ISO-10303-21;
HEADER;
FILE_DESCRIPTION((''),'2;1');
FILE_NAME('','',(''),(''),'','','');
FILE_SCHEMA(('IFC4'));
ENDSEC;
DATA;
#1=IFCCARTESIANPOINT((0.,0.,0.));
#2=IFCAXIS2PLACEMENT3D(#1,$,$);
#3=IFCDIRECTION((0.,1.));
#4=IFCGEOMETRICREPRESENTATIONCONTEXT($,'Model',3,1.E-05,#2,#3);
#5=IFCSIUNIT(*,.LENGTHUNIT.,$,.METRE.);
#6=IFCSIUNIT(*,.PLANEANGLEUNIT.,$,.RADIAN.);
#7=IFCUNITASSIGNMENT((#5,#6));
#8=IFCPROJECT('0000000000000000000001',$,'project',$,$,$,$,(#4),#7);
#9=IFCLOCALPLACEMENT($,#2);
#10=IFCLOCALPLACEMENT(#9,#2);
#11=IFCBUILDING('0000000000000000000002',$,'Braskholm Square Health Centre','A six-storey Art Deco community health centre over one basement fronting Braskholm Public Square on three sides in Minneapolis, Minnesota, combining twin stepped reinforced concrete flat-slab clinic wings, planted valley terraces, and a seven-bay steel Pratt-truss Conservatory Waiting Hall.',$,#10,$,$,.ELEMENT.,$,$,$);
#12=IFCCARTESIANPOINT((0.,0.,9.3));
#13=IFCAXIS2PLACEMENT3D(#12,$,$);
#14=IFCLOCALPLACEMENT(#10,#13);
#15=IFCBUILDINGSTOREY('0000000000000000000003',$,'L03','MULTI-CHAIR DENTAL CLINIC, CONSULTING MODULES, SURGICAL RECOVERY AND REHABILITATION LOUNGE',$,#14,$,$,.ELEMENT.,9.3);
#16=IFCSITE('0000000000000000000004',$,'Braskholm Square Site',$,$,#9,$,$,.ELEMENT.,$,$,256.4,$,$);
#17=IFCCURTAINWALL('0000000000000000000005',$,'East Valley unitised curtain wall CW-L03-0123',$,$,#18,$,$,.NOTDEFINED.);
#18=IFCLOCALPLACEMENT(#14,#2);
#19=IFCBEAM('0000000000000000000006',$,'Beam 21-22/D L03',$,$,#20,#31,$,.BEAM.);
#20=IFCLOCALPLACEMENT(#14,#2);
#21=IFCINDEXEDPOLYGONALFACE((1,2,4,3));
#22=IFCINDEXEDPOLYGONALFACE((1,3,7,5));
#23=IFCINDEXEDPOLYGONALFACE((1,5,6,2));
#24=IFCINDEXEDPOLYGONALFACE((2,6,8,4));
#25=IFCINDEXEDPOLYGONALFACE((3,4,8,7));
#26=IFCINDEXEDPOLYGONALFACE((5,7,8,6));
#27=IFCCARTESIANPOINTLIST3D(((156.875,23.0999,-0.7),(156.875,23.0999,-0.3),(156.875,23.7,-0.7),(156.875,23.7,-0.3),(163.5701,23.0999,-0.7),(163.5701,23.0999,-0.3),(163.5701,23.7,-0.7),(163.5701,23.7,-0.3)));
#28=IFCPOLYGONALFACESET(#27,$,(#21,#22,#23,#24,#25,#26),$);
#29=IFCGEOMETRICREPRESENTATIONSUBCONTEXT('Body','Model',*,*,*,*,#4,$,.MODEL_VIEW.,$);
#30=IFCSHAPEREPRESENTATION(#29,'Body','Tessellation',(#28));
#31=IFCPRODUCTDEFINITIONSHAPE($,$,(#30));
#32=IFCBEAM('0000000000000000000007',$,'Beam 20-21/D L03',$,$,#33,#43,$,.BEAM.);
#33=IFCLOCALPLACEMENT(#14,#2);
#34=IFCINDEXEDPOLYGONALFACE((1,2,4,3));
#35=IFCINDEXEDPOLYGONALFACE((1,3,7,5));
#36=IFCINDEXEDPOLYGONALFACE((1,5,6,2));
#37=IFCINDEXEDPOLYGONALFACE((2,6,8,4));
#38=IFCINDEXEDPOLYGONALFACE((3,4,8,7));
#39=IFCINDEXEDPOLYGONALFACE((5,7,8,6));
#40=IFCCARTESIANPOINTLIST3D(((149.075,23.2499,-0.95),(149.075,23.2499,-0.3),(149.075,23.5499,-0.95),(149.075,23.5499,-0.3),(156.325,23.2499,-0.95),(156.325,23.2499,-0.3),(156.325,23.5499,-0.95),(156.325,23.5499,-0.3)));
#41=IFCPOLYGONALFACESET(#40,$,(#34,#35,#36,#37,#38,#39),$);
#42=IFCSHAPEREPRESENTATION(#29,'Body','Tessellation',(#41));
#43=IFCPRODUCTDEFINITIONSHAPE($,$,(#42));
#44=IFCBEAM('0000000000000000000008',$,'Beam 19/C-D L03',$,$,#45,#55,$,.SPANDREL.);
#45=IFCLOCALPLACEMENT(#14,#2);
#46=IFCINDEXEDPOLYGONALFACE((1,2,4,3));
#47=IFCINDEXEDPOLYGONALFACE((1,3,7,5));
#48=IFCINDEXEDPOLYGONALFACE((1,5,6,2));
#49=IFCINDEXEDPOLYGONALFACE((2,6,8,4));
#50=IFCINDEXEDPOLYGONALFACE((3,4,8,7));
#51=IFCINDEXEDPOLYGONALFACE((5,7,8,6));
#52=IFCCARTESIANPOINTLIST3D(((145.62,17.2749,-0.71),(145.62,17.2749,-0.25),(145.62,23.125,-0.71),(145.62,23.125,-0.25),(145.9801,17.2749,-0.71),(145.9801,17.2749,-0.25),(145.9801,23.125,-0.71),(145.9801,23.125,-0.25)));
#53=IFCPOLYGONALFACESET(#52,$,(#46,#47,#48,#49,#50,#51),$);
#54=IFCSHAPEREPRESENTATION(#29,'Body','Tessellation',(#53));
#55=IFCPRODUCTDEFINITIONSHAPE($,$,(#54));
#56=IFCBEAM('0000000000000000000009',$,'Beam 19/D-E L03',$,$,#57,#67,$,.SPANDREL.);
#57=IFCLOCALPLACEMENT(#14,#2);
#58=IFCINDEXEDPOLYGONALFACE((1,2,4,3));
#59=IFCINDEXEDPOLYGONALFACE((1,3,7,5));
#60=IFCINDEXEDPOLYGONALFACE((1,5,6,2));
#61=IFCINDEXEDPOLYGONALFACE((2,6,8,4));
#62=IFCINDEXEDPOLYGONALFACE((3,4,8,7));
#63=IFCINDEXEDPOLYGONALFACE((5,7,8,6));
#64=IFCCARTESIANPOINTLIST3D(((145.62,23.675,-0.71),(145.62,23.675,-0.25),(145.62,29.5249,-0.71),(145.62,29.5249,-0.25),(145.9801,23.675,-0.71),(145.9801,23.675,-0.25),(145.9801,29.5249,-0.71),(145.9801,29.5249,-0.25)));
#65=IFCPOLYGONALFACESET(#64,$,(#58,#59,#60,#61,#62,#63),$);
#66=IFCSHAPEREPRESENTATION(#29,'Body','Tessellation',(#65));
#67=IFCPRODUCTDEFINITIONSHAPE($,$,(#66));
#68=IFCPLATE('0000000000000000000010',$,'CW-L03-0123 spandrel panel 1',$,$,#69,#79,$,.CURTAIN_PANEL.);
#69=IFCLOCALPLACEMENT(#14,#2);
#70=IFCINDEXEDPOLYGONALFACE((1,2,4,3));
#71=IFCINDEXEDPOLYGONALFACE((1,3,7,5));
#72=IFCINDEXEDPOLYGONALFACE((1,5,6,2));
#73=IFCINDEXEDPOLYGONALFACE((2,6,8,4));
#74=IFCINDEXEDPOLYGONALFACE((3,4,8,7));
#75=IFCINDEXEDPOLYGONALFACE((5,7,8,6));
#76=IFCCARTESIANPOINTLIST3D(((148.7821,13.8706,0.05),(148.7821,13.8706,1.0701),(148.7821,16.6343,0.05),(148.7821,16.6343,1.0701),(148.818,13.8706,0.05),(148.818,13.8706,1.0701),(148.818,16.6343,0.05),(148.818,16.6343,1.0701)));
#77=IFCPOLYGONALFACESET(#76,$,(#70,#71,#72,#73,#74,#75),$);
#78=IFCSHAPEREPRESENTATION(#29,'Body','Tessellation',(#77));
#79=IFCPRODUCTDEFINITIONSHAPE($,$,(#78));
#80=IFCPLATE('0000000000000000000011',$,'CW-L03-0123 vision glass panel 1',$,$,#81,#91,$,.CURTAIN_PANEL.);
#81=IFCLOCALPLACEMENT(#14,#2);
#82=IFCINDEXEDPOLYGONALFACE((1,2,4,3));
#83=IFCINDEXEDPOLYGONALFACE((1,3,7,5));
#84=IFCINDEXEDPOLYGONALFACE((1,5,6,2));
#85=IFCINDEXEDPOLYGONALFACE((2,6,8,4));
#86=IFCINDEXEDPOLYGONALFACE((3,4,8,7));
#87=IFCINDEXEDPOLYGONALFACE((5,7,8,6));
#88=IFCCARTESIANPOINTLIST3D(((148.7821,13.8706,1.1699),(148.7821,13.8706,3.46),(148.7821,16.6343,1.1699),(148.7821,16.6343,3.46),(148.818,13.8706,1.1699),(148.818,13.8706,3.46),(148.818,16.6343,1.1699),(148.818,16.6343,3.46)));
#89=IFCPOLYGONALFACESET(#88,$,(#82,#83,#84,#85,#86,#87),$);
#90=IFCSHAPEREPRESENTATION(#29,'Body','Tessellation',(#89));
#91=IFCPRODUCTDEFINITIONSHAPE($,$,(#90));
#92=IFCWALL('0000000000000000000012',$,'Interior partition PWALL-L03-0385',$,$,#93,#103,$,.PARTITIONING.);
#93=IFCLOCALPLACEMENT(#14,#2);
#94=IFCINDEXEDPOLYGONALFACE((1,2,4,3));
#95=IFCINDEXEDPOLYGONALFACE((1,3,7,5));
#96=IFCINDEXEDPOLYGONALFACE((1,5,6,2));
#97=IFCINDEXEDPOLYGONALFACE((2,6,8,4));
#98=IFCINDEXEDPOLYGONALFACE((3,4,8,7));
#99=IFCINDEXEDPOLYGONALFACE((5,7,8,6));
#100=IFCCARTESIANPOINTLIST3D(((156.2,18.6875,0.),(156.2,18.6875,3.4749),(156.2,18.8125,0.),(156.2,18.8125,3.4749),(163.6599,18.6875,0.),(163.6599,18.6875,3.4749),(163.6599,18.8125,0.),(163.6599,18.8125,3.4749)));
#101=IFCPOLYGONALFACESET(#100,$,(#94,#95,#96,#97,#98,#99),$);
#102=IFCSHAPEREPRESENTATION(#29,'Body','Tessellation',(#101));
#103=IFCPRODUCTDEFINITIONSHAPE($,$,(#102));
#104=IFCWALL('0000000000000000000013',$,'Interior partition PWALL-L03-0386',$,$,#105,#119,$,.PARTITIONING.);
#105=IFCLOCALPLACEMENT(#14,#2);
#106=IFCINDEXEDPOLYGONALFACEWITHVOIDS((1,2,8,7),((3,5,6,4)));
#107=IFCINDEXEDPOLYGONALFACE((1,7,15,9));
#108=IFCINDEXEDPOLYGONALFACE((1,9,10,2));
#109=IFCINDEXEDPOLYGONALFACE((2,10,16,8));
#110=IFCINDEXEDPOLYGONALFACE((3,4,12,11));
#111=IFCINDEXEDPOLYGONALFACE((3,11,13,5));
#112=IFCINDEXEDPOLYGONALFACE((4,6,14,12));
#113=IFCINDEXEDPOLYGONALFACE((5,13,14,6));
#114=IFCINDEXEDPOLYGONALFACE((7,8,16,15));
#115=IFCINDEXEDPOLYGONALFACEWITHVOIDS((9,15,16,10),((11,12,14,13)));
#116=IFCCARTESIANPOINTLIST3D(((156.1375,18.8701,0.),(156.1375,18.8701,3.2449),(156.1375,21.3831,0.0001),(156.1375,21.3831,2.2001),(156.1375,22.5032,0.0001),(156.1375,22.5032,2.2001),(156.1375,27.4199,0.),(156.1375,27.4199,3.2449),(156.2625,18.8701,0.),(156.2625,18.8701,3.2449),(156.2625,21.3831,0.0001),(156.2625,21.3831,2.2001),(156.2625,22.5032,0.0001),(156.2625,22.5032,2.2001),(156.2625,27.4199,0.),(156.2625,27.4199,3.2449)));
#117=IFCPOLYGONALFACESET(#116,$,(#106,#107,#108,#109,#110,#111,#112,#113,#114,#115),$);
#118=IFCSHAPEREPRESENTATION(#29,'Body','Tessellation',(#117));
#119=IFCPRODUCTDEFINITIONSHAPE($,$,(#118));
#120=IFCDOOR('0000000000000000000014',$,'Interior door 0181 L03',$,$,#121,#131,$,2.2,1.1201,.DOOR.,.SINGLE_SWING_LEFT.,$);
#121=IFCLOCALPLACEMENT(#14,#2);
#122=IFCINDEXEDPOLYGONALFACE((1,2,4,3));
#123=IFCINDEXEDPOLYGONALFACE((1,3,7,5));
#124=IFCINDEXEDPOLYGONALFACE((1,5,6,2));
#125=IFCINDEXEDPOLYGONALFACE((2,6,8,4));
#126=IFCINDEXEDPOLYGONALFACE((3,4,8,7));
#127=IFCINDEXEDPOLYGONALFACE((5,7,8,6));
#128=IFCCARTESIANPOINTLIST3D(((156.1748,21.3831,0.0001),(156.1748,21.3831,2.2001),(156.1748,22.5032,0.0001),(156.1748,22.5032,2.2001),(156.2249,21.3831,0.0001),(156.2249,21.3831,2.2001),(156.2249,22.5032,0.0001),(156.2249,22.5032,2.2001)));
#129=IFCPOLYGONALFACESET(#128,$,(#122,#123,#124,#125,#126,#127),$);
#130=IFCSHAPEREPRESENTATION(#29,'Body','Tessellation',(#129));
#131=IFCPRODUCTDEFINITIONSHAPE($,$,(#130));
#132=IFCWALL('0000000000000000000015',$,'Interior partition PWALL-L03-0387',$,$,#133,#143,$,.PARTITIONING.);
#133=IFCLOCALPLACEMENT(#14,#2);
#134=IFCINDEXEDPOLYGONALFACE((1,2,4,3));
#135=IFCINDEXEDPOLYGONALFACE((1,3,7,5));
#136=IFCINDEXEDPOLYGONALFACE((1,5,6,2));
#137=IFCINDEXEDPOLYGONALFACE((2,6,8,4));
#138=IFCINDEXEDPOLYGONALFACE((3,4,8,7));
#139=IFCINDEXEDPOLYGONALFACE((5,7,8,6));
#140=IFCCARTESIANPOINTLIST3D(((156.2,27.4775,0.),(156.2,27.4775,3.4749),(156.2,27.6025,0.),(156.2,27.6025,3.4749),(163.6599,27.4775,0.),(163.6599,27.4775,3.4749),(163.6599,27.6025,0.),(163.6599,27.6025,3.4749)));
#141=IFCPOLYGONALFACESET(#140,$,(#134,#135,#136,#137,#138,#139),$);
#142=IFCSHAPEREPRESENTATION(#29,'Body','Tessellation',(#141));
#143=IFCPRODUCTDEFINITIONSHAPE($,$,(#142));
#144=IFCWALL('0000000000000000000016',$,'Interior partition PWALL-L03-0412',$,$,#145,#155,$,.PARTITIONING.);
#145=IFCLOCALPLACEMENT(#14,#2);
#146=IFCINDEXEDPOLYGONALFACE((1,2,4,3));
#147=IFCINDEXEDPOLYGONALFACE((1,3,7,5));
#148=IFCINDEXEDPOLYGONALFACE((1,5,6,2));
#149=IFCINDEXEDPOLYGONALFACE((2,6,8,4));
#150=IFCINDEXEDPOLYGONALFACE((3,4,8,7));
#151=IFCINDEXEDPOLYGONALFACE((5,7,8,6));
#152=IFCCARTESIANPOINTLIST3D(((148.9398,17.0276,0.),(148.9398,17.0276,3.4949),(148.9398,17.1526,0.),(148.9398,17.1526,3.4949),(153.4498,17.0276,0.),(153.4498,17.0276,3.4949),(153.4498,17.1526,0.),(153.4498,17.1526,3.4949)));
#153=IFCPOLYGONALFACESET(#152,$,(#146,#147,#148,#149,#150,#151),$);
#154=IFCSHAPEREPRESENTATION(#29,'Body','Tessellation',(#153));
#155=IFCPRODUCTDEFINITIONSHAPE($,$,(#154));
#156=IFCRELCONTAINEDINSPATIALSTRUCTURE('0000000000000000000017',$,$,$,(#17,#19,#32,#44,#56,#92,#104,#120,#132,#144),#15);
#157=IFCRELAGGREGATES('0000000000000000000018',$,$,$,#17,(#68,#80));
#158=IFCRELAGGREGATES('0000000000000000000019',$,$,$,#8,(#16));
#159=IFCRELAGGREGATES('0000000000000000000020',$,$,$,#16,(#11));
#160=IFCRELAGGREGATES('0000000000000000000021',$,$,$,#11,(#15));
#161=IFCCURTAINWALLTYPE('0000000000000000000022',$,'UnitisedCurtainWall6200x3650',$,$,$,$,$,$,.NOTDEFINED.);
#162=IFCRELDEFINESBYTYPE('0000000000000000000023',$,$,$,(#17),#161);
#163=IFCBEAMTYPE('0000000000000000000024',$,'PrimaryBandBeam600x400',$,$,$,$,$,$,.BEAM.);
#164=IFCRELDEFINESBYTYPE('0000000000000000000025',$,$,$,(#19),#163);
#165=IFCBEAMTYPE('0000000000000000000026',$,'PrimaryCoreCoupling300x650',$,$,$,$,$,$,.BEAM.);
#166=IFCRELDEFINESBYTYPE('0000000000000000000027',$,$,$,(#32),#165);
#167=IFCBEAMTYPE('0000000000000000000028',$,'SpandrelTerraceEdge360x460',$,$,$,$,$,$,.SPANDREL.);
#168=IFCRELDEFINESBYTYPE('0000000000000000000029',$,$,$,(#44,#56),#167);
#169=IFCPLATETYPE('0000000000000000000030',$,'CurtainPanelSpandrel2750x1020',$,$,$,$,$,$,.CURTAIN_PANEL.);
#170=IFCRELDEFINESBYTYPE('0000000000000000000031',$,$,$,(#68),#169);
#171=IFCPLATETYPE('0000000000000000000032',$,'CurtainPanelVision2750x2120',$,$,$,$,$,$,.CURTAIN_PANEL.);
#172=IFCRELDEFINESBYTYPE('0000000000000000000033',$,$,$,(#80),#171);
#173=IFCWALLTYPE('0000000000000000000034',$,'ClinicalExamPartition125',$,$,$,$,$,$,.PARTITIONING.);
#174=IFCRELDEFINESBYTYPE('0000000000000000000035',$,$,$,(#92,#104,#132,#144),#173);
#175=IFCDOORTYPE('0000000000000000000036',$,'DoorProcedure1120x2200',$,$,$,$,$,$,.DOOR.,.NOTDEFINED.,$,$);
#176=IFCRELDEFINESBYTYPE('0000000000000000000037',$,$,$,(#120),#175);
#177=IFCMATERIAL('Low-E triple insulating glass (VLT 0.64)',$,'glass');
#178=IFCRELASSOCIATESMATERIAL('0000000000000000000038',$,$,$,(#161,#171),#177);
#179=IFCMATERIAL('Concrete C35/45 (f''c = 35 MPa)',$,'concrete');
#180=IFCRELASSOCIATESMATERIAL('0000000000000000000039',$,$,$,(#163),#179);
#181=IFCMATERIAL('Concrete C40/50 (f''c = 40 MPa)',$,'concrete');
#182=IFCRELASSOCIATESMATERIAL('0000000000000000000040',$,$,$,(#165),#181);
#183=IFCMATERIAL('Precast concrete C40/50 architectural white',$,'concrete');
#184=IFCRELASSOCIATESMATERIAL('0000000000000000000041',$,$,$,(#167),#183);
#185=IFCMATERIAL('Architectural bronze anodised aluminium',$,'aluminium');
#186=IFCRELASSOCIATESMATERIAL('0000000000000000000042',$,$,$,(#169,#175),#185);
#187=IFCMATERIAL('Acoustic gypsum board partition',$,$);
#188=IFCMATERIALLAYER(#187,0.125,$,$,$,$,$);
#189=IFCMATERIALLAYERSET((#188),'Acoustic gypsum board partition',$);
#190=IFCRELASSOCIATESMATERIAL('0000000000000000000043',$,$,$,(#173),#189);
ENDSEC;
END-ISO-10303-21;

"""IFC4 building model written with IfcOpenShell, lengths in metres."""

from ifc_helpers import new_model, si_unit, direction, frame, frame_2d, origin, origin_2d, place, context, subcontext, project, spatial, rectangle, extrude, material, layer, layer_set, material_profile, profile_set, type_object, element, fill, aggregate, save


model = new_model("IFC4")

# Units and contexts
model_context = context("Model", 3, precision=1e-05, world=origin(), true_north=direction((0.0, 1.0)))
body_context = subcontext(model_context, "Body", "Model", "MODEL_VIEW")
ifc_project = project(units=[si_unit("LENGTHUNIT", "METRE"), si_unit("PLANEANGLEUNIT", "RADIAN")], contexts=[model_context])

# Site, building, storey
site_placement = place(None, origin())
site = spatial("IfcSite", under=ifc_project, at=site_placement, Name="Braskholm Square Site", CompositionType="ELEMENT", RefElevation=256.4)
building_placement = place(site_placement, origin())
building = spatial("IfcBuilding", under=site, at=building_placement, Name="Braskholm Square Health Centre", Description="A six-storey Art Deco community health centre over one basement fronting Braskholm Public Square on three sides in Minneapolis, Minnesota, combining twin stepped reinforced concrete flat-slab clinic wings, planted valley terraces, and a seven-bay steel Pratt-truss Conservatory Waiting Hall.", CompositionType="ELEMENT")
storey_placement = place(building_placement, frame((0.0, 0.0, 9.3)))
storey = spatial("IfcBuildingStorey", under=building, at=storey_placement, Name="L03", Description="MULTI-CHAIR DENTAL CLINIC, CONSULTING MODULES, SURGICAL RECOVERY AND REHABILITATION LOUNGE", CompositionType="ELEMENT", Elevation=9.3)

# Shared definitions
ifc_material_1 = material(Name="Concrete C40/50 (f'c = 40 MPa)", Category="concrete")

# Curtain wall
ifc_material_2 = material(Name="Low-E triple insulating glass (VLT 0.64)", Category="glass")
curtain_wall_type = type_object("IfcCurtainWallType", Name="UnitisedCurtainWall6200x3650", PredefinedType="NOTDEFINED", material=ifc_material_2)
curtain_wall_placement = place(storey_placement, origin())
curtain_wall = element("IfcCurtainWall", 1, at=curtain_wall_placement, inside=storey, type_object=curtain_wall_type, Name="East Valley unitised curtain wall CW-L03-0123", PredefinedType="NOTDEFINED")
ifc_material_3 = material(Name="Architectural bronze anodised aluminium", Category="aluminium")

# Beams
ifc_material_4 = material(Name="Concrete C35/45 (f'c = 35 MPa)", Category="concrete")
ifc_material_profile_1 = material_profile(ifc_material_4, rectangle(XDim=0.6001, YDim=0.3999, at=origin_2d()), Name="RCB-600X400")
ifc_profile_set_1 = profile_set([ifc_material_profile_1], Name="Concrete C35/45 (f'c = 35 MPa)")
beam_type_1 = type_object("IfcBeamType", Name="PrimaryBandBeam600x400", PredefinedType="BEAM", material=ifc_profile_set_1)
for number, where, z_axis, x_axis, name in (
    (2, (156.875, 23.3999, -0.5), (1.0, 0.0, 0.0), (0.0, 1.0, 0.0), "Beam 21-22/D L03"),
):
    element("IfcBeam", number, at=place(storey_placement, frame(where, z_axis=z_axis, x_axis=x_axis)), inside=storey, type_object=beam_type_1, Name=name, PredefinedType="BEAM", context=body_context, shape_type="SweptSolid", body=[
        extrude(rectangle(XDim=0.6001, YDim=0.3999, at=origin_2d()), origin(), (0.0, 0.0, 1.0), 6.6951),
    ])
ifc_material_profile_2 = material_profile(ifc_material_1, rectangle(XDim=0.3, YDim=0.6499, at=origin_2d()), Name="RCB-300X650")
ifc_profile_set_2 = profile_set([ifc_material_profile_2], Name="Concrete C40/50 (f'c = 40 MPa)")
beam_type_2 = type_object("IfcBeamType", Name="PrimaryCoreCoupling300x650", PredefinedType="BEAM", material=ifc_profile_set_2)
beam_1_placement = place(storey_placement, frame((149.075, 23.3999, -0.625), z_axis=(1.0, 0.0, 0.0), x_axis=(0.0, 1.0, 0.0)))
element("IfcBeam", 3, at=beam_1_placement, inside=storey, type_object=beam_type_2, Name="Beam 20-21/D L03", PredefinedType="BEAM", context=body_context, shape_type="SweptSolid", body=[
    extrude(rectangle(XDim=0.3, YDim=0.6499, at=origin_2d()), origin(), (0.0, 0.0, 1.0), 7.25),
])
ifc_material_5 = material(Name="Precast concrete C40/50 architectural white", Category="concrete")
ifc_material_profile_3 = material_profile(ifc_material_5, rectangle(XDim=0.3601, YDim=0.46, at=origin_2d()), Name="RCB-360X460")
ifc_profile_set_3 = profile_set([ifc_material_profile_3], Name="Precast concrete C40/50 architectural white")
beam_type_3 = type_object("IfcBeamType", Name="SpandrelTerraceEdge360x460", PredefinedType="SPANDREL", material=ifc_profile_set_3)
beam_2_placement = place(storey_placement, frame((145.8, 17.2749, -0.48), z_axis=(0.0, 1.0, 0.0), x_axis=(-1.0, 0.0, 0.0)))
element("IfcBeam", 4, at=beam_2_placement, inside=storey, type_object=beam_type_3, Name="Beam 19/C-D L03", PredefinedType="SPANDREL", context=body_context, shape_type="SweptSolid", body=[
    extrude(rectangle(XDim=0.3601, YDim=0.46, at=origin_2d()), origin(), (0.0, 0.0, 1.0), 5.8501),
])
beam_3_placement = place(storey_placement, frame((145.8, 23.675, -0.48), z_axis=(0.0, 1.0, 0.0), x_axis=(-1.0, 0.0, 0.0)))
element("IfcBeam", 5, at=beam_3_placement, inside=storey, type_object=beam_type_3, Name="Beam 19/D-E L03", PredefinedType="SPANDREL", context=body_context, shape_type="SweptSolid", body=[
    extrude(rectangle(XDim=0.3601, YDim=0.46, at=origin_2d()), origin(), (0.0, 0.0, 1.0), 5.8499),
])

# Plates
plate_type_1 = type_object("IfcPlateType", Name="CurtainPanelSpandrel2750x1020", PredefinedType="CURTAIN_PANEL", material=ifc_material_3)
plate_1_placement = place(storey_placement, frame((148.8, 15.2524, 0.05), z_axis=(0.0, 0.0, 1.0), x_axis=(0.0, -1.0, 0.0)))
plate_1 = element("IfcPlate", 6, at=plate_1_placement, type_object=plate_type_1, Name="CW-L03-0123 spandrel panel 1", PredefinedType="CURTAIN_PANEL", context=body_context, shape_type="SweptSolid", body=[
    extrude(rectangle(XDim=2.7637, YDim=0.0359, at=origin_2d()), origin(), (0.0, 0.0, 1.0), 1.02),
])
plate_type_2 = type_object("IfcPlateType", Name="CurtainPanelVision2750x2120", PredefinedType="CURTAIN_PANEL", material=ifc_material_2)
plate_2_placement = place(storey_placement, frame((148.8, 15.2524, 1.1699), z_axis=(0.0, 0.0, 1.0), x_axis=(0.0, -1.0, 0.0)))
plate_2 = element("IfcPlate", 7, at=plate_2_placement, type_object=plate_type_2, Name="CW-L03-0123 vision glass panel 1", PredefinedType="CURTAIN_PANEL", context=body_context, shape_type="SweptSolid", body=[
    extrude(rectangle(XDim=2.7637, YDim=0.0359, at=origin_2d()), origin(), (0.0, 0.0, 1.0), 2.29),
])
aggregate(curtain_wall, [plate_1, plate_2])

# Wall
ifc_material_6 = material(Name="Acoustic gypsum board partition")
ifc_layer_1 = layer(ifc_material_6, 0.125)
ifc_layer_set_1 = layer_set([ifc_layer_1], Name="Acoustic gypsum board partition")
wall_type_1 = type_object("IfcWallType", Name="ClinicalExamPartition125", PredefinedType="PARTITIONING", material=ifc_layer_set_1)
wall_1_placement = place(storey_placement, frame((156.2, 18.75, 0.0), z_axis=(0.0, 0.0, 1.0), x_axis=(1.0, 0.0, 0.0)))
element("IfcWall", 8, at=wall_1_placement, inside=storey, type_object=wall_type_1, Name="Interior partition PWALL-L03-0385", PredefinedType="PARTITIONING", context=body_context, shape_type="SweptSolid", body=[
    extrude(rectangle(XDim=7.46, YDim=0.125, at=frame_2d((3.73, 0.0))), origin(), (0.0, 0.0, 1.0), 3.4749),
])

# Wall, opening, door
wall_2_placement = place(storey_placement, frame((156.2, 18.8701, 0.0), z_axis=(0.0, 0.0, 1.0), x_axis=(0.0, 1.0, 0.0)))
wall_2 = element("IfcWall", 9, at=wall_2_placement, inside=storey, type_object=wall_type_1, Name="Interior partition PWALL-L03-0386", PredefinedType="PARTITIONING", context=body_context, shape_type="SweptSolid", body=[
    extrude(rectangle(XDim=8.5498, YDim=0.125, at=frame_2d((4.2749, 0.0))), origin(), (0.0, 0.0, 1.0), 3.2449),
])
opening_1_placement = place(wall_2_placement, frame((2.5129, 0.0, 0.0)))
opening_1 = element("IfcOpeningElement", 10, at=opening_1_placement, cuts=wall_2, PredefinedType="OPENING", context=body_context, shape_type="SweptSolid", body=[
    extrude(rectangle(XDim=1.1201, YDim=2.2, at=frame_2d((0.5601, 1.1001))), frame((0.0, 0.0725, 0.0), z_axis=(0.0, -1.0, 0.0), x_axis=(1.0, 0.0, 0.0)), (0.0, 0.0, 1.0), 0.145),
])
door_type_1 = type_object("IfcDoorType", Name="DoorProcedure1120x2200", OperationType="NOTDEFINED", PredefinedType="DOOR", material=ifc_material_3)
door_1_placement = place(opening_1_placement, frame((1.1201, 0.0, 0.0), z_axis=(0.0, 0.0, 1.0), x_axis=(-1.0, 0.0, 0.0)))
door_1 = element("IfcDoor", 11, at=door_1_placement, inside=storey, type_object=door_type_1, Name="Interior door 0181 L03", OperationType="SINGLE_SWING_LEFT", OverallHeight=2.2, OverallWidth=1.1201, PredefinedType="DOOR", context=body_context, shape_type="SweptSolid", body=[
    extrude(rectangle(XDim=1.1201, YDim=2.2, at=frame_2d((0.5601, 1.1001))), frame((0.0, 0.0249, 0.0), z_axis=(0.0, -1.0, 0.0), x_axis=(1.0, 0.0, 0.0)), (0.0, 0.0, 1.0), 0.05),
])
fill(opening_1, door_1)

# Walls
wall_3_placement = place(storey_placement, frame((156.2, 27.54, 0.0), z_axis=(0.0, 0.0, 1.0), x_axis=(1.0, 0.0, 0.0)))
element("IfcWall", 12, at=wall_3_placement, inside=storey, type_object=wall_type_1, Name="Interior partition PWALL-L03-0387", PredefinedType="PARTITIONING", context=body_context, shape_type="SweptSolid", body=[
    extrude(rectangle(XDim=7.46, YDim=0.125, at=frame_2d((3.73, 0.0))), origin(), (0.0, 0.0, 1.0), 3.4749),
])
wall_4_placement = place(storey_placement, frame((148.9399, 17.0901, 0.0), z_axis=(0.0, 0.0, 1.0), x_axis=(1.0, 0.0, 0.0)))
element("IfcWall", 13, at=wall_4_placement, inside=storey, type_object=wall_type_1, Name="Interior partition PWALL-L03-0412", PredefinedType="PARTITIONING", context=body_context, shape_type="SweptSolid", body=[
    extrude(rectangle(XDim=4.51, YDim=0.125, at=frame_2d((2.2549, 0.0))), origin(), (0.0, 0.0, 1.0), 3.4949),
])

save(model, "model.ifc")
